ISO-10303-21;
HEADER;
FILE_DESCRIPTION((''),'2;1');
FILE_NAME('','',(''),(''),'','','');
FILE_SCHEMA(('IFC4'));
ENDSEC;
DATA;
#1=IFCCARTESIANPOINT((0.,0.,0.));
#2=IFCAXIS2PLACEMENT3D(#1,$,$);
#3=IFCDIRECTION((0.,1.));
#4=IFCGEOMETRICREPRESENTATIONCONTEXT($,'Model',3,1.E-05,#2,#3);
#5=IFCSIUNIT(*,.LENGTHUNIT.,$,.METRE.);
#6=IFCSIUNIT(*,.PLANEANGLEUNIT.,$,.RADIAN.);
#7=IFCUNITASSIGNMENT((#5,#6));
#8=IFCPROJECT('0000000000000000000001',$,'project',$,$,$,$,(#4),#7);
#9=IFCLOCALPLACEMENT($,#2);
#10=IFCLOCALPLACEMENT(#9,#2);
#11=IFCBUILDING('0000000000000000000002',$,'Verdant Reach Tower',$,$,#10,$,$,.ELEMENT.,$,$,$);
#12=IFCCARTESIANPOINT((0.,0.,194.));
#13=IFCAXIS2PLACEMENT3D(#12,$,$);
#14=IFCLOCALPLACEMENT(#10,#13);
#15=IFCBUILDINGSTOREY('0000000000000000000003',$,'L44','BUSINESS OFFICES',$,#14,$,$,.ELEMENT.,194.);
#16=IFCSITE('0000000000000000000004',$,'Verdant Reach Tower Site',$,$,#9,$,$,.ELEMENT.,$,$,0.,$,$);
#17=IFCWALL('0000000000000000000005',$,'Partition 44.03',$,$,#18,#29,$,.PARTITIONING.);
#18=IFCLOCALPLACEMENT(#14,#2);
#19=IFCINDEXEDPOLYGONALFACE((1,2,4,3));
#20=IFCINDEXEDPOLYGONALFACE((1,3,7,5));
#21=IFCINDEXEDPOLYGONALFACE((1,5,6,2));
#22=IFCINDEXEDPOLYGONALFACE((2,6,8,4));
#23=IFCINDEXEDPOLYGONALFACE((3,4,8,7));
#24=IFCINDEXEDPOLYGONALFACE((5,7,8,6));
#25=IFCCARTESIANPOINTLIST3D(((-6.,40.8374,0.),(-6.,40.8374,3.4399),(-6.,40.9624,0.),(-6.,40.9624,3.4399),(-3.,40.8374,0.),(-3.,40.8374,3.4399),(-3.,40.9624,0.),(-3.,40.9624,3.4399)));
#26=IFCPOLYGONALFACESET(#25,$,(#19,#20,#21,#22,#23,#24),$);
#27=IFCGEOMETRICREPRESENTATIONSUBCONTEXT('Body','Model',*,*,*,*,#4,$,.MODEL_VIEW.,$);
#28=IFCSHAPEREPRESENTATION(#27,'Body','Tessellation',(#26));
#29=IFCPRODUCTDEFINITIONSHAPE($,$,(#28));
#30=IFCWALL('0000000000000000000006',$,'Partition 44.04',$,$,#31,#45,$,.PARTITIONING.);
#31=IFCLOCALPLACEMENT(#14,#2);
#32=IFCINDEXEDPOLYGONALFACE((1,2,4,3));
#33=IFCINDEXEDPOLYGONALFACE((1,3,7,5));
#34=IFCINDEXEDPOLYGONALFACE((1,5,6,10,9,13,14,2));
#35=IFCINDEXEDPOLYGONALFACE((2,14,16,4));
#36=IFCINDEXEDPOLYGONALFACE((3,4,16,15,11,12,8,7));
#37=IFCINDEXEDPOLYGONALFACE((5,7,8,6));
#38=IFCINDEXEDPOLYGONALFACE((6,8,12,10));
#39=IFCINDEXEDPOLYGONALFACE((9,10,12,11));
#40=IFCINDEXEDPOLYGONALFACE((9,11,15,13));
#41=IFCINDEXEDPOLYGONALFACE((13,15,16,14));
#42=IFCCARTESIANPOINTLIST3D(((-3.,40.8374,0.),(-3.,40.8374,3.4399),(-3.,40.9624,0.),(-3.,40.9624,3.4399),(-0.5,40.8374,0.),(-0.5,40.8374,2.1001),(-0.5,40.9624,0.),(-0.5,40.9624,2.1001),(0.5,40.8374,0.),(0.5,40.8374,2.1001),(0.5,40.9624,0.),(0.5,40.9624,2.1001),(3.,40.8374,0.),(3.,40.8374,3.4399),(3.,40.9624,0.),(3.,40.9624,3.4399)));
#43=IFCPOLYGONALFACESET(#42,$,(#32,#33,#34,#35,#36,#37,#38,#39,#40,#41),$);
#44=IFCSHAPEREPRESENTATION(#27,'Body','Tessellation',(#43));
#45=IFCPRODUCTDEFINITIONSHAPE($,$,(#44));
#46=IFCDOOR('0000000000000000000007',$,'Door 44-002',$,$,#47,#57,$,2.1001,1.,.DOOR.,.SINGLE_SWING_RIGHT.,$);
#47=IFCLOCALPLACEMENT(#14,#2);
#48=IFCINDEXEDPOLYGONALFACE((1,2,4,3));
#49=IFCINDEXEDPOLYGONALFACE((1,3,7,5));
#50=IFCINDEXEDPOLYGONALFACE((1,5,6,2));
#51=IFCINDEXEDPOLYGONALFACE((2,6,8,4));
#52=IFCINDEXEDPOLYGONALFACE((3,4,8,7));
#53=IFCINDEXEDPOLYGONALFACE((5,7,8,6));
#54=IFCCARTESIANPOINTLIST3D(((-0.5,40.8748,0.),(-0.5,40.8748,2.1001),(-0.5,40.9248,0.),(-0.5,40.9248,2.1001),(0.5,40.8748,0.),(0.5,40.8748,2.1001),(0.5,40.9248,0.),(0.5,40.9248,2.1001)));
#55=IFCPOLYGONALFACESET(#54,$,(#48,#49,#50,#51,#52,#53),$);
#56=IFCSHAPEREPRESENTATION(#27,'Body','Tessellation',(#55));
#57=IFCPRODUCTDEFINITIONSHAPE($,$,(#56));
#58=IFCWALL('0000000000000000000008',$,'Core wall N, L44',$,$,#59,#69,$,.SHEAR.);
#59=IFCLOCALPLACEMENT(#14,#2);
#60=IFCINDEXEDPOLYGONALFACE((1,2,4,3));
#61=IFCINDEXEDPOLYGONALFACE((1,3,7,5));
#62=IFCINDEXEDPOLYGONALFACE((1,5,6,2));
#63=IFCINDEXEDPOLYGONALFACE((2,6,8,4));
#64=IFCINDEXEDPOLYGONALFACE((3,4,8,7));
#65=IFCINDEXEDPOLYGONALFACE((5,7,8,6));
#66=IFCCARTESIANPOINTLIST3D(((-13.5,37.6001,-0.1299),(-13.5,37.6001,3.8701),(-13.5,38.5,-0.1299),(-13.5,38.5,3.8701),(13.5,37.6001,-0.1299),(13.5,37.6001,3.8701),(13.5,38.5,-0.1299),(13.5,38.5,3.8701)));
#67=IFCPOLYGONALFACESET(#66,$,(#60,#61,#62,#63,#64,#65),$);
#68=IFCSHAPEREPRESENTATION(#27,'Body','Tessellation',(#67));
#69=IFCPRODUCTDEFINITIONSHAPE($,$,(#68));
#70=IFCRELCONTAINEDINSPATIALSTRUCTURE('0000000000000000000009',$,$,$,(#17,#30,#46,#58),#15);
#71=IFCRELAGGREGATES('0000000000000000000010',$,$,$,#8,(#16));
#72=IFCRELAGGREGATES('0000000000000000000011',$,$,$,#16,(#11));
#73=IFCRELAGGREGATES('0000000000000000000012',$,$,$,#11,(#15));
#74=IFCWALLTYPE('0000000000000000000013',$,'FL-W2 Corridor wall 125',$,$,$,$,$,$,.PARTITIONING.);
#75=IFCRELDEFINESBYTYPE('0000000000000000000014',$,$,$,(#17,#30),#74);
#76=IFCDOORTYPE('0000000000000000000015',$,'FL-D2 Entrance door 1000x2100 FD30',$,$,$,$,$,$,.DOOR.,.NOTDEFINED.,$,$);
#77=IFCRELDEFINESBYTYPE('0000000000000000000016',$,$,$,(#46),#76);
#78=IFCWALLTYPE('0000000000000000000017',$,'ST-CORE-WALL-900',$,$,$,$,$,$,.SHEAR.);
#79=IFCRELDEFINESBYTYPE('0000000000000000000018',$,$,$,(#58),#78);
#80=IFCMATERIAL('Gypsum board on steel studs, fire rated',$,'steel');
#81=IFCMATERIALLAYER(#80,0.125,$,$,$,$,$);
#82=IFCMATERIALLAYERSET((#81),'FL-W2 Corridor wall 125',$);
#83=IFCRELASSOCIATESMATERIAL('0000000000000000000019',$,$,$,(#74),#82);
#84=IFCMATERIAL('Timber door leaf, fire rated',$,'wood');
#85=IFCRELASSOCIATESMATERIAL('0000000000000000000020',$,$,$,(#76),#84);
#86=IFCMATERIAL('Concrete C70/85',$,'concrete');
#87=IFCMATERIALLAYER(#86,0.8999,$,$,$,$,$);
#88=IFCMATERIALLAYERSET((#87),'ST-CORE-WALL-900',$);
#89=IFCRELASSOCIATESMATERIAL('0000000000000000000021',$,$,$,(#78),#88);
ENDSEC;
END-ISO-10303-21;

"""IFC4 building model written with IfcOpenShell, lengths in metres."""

from ifc_helpers import new_model, si_unit, direction, frame, frame_2d, origin, place, context, subcontext, project, spatial, rectangle, extrude, material, layer, layer_set, type_object, element, fill, save


model = new_model("IFC4")

# Units and contexts
model_context = context("Model", 3, precision=1e-05, world=origin(), true_north=direction((0.0, 1.0)))
body_context = subcontext(model_context, "Body", "Model", "MODEL_VIEW")
ifc_project = project(units=[si_unit("LENGTHUNIT", "METRE"), si_unit("PLANEANGLEUNIT", "RADIAN")], contexts=[model_context])

# Site, building, storey
site_placement = place(None, origin())
site = spatial("IfcSite", under=ifc_project, at=site_placement, Name="Verdant Reach Tower Site", CompositionType="ELEMENT", RefElevation=0.0)
building_placement = place(site_placement, origin())
building = spatial("IfcBuilding", under=site, at=building_placement, Name="Verdant Reach Tower", CompositionType="ELEMENT")
storey_placement = place(building_placement, frame((0.0, 0.0, 194.0)))
storey = spatial("IfcBuildingStorey", under=building, at=storey_placement, Name="L44", Description="BUSINESS OFFICES", CompositionType="ELEMENT", Elevation=194.0)

# Wall
ifc_material_1 = material(Name="Gypsum board on steel studs, fire rated", Category="steel")
ifc_layer_1 = layer(ifc_material_1, 0.125)
ifc_layer_set_1 = layer_set([ifc_layer_1], Name="FL-W2 Corridor wall 125")
wall_type_1 = type_object("IfcWallType", Name="FL-W2 Corridor wall 125", PredefinedType="PARTITIONING", material=ifc_layer_set_1)
for number, where, z_axis, x_axis, name in (
    (1, (-3.0, 40.8999, 0.0), (0.0, 0.0, 1.0), (-1.0, 0.0, 0.0), "Partition 44.03"),
):
    element("IfcWall", number, at=place(storey_placement, frame(where, z_axis=z_axis, x_axis=x_axis)), inside=storey, type_object=wall_type_1, Name=name, PredefinedType="PARTITIONING", context=body_context, shape_type="SweptSolid", body=[
        extrude(rectangle(XDim=3.0, YDim=0.125, at=frame_2d((1.5, 0.0))), origin(), (0.0, 0.0, 1.0), 3.4399),
    ])

# Wall, opening, door
wall_1_placement = place(storey_placement, frame((-3.0, 40.8999, 0.0), z_axis=(0.0, 0.0, 1.0), x_axis=(1.0, 0.0, 0.0)))
wall_1 = element("IfcWall", 2, at=wall_1_placement, inside=storey, type_object=wall_type_1, Name="Partition 44.04", PredefinedType="PARTITIONING", context=body_context, shape_type="SweptSolid", body=[
    extrude(rectangle(XDim=6.0, YDim=0.125, at=frame_2d((3.0, 0.0))), origin(), (0.0, 0.0, 1.0), 3.4399),
])
opening_1_placement = place(wall_1_placement, frame((2.5, 0.0, 0.0)))
opening_1 = element("IfcOpeningElement", 3, at=opening_1_placement, cuts=wall_1, PredefinedType="OPENING", context=body_context, shape_type="SweptSolid", body=[
    extrude(rectangle(XDim=1.0, YDim=2.1001, at=frame_2d((0.5, 1.05))), frame((0.0, 0.0725, 0.0), z_axis=(0.0, -1.0, 0.0), x_axis=(1.0, 0.0, 0.0)), (0.0, 0.0, 1.0), 0.145),
])
ifc_material_2 = material(Name="Timber door leaf, fire rated", Category="wood")
door_type_1 = type_object("IfcDoorType", Name="FL-D2 Entrance door 1000x2100 FD30", OperationType="NOTDEFINED", PredefinedType="DOOR", material=ifc_material_2)
door_1_placement = place(opening_1_placement, origin())
door_1 = element("IfcDoor", 4, at=door_1_placement, inside=storey, type_object=door_type_1, Name="Door 44-002", OperationType="SINGLE_SWING_RIGHT", OverallHeight=2.1001, OverallWidth=1.0, PredefinedType="DOOR", context=body_context, shape_type="SweptSolid", body=[
    extrude(rectangle(XDim=1.0, YDim=2.1001, at=frame_2d((0.5, 1.05))), frame((0.0, 0.0249, 0.0), z_axis=(0.0, -1.0, 0.0), x_axis=(1.0, 0.0, 0.0)), (0.0, 0.0, 1.0), 0.05),
])
fill(opening_1, door_1)

# Wall
ifc_material_3 = material(Name="Concrete C70/85", Category="concrete")
ifc_layer_2 = layer(ifc_material_3, 0.8999)
ifc_layer_set_2 = layer_set([ifc_layer_2], Name="ST-CORE-WALL-900")
wall_type_2 = type_object("IfcWallType", Name="ST-CORE-WALL-900", PredefinedType="SHEAR", material=ifc_layer_set_2)
wall_2_placement = place(storey_placement, frame((-13.5, 38.05, -0.1299), z_axis=(0.0, 0.0, 1.0), x_axis=(1.0, 0.0, 0.0)))
element("IfcWall", 5, at=wall_2_placement, inside=storey, type_object=wall_type_2, Name="Core wall N, L44", PredefinedType="SHEAR", context=body_context, shape_type="SweptSolid", body=[
    extrude(rectangle(XDim=27.0, YDim=0.8999, at=frame_2d((13.5, 0.0))), origin(), (0.0, 0.0, 1.0), 4.0),
])

save(model, "model.ifc")
